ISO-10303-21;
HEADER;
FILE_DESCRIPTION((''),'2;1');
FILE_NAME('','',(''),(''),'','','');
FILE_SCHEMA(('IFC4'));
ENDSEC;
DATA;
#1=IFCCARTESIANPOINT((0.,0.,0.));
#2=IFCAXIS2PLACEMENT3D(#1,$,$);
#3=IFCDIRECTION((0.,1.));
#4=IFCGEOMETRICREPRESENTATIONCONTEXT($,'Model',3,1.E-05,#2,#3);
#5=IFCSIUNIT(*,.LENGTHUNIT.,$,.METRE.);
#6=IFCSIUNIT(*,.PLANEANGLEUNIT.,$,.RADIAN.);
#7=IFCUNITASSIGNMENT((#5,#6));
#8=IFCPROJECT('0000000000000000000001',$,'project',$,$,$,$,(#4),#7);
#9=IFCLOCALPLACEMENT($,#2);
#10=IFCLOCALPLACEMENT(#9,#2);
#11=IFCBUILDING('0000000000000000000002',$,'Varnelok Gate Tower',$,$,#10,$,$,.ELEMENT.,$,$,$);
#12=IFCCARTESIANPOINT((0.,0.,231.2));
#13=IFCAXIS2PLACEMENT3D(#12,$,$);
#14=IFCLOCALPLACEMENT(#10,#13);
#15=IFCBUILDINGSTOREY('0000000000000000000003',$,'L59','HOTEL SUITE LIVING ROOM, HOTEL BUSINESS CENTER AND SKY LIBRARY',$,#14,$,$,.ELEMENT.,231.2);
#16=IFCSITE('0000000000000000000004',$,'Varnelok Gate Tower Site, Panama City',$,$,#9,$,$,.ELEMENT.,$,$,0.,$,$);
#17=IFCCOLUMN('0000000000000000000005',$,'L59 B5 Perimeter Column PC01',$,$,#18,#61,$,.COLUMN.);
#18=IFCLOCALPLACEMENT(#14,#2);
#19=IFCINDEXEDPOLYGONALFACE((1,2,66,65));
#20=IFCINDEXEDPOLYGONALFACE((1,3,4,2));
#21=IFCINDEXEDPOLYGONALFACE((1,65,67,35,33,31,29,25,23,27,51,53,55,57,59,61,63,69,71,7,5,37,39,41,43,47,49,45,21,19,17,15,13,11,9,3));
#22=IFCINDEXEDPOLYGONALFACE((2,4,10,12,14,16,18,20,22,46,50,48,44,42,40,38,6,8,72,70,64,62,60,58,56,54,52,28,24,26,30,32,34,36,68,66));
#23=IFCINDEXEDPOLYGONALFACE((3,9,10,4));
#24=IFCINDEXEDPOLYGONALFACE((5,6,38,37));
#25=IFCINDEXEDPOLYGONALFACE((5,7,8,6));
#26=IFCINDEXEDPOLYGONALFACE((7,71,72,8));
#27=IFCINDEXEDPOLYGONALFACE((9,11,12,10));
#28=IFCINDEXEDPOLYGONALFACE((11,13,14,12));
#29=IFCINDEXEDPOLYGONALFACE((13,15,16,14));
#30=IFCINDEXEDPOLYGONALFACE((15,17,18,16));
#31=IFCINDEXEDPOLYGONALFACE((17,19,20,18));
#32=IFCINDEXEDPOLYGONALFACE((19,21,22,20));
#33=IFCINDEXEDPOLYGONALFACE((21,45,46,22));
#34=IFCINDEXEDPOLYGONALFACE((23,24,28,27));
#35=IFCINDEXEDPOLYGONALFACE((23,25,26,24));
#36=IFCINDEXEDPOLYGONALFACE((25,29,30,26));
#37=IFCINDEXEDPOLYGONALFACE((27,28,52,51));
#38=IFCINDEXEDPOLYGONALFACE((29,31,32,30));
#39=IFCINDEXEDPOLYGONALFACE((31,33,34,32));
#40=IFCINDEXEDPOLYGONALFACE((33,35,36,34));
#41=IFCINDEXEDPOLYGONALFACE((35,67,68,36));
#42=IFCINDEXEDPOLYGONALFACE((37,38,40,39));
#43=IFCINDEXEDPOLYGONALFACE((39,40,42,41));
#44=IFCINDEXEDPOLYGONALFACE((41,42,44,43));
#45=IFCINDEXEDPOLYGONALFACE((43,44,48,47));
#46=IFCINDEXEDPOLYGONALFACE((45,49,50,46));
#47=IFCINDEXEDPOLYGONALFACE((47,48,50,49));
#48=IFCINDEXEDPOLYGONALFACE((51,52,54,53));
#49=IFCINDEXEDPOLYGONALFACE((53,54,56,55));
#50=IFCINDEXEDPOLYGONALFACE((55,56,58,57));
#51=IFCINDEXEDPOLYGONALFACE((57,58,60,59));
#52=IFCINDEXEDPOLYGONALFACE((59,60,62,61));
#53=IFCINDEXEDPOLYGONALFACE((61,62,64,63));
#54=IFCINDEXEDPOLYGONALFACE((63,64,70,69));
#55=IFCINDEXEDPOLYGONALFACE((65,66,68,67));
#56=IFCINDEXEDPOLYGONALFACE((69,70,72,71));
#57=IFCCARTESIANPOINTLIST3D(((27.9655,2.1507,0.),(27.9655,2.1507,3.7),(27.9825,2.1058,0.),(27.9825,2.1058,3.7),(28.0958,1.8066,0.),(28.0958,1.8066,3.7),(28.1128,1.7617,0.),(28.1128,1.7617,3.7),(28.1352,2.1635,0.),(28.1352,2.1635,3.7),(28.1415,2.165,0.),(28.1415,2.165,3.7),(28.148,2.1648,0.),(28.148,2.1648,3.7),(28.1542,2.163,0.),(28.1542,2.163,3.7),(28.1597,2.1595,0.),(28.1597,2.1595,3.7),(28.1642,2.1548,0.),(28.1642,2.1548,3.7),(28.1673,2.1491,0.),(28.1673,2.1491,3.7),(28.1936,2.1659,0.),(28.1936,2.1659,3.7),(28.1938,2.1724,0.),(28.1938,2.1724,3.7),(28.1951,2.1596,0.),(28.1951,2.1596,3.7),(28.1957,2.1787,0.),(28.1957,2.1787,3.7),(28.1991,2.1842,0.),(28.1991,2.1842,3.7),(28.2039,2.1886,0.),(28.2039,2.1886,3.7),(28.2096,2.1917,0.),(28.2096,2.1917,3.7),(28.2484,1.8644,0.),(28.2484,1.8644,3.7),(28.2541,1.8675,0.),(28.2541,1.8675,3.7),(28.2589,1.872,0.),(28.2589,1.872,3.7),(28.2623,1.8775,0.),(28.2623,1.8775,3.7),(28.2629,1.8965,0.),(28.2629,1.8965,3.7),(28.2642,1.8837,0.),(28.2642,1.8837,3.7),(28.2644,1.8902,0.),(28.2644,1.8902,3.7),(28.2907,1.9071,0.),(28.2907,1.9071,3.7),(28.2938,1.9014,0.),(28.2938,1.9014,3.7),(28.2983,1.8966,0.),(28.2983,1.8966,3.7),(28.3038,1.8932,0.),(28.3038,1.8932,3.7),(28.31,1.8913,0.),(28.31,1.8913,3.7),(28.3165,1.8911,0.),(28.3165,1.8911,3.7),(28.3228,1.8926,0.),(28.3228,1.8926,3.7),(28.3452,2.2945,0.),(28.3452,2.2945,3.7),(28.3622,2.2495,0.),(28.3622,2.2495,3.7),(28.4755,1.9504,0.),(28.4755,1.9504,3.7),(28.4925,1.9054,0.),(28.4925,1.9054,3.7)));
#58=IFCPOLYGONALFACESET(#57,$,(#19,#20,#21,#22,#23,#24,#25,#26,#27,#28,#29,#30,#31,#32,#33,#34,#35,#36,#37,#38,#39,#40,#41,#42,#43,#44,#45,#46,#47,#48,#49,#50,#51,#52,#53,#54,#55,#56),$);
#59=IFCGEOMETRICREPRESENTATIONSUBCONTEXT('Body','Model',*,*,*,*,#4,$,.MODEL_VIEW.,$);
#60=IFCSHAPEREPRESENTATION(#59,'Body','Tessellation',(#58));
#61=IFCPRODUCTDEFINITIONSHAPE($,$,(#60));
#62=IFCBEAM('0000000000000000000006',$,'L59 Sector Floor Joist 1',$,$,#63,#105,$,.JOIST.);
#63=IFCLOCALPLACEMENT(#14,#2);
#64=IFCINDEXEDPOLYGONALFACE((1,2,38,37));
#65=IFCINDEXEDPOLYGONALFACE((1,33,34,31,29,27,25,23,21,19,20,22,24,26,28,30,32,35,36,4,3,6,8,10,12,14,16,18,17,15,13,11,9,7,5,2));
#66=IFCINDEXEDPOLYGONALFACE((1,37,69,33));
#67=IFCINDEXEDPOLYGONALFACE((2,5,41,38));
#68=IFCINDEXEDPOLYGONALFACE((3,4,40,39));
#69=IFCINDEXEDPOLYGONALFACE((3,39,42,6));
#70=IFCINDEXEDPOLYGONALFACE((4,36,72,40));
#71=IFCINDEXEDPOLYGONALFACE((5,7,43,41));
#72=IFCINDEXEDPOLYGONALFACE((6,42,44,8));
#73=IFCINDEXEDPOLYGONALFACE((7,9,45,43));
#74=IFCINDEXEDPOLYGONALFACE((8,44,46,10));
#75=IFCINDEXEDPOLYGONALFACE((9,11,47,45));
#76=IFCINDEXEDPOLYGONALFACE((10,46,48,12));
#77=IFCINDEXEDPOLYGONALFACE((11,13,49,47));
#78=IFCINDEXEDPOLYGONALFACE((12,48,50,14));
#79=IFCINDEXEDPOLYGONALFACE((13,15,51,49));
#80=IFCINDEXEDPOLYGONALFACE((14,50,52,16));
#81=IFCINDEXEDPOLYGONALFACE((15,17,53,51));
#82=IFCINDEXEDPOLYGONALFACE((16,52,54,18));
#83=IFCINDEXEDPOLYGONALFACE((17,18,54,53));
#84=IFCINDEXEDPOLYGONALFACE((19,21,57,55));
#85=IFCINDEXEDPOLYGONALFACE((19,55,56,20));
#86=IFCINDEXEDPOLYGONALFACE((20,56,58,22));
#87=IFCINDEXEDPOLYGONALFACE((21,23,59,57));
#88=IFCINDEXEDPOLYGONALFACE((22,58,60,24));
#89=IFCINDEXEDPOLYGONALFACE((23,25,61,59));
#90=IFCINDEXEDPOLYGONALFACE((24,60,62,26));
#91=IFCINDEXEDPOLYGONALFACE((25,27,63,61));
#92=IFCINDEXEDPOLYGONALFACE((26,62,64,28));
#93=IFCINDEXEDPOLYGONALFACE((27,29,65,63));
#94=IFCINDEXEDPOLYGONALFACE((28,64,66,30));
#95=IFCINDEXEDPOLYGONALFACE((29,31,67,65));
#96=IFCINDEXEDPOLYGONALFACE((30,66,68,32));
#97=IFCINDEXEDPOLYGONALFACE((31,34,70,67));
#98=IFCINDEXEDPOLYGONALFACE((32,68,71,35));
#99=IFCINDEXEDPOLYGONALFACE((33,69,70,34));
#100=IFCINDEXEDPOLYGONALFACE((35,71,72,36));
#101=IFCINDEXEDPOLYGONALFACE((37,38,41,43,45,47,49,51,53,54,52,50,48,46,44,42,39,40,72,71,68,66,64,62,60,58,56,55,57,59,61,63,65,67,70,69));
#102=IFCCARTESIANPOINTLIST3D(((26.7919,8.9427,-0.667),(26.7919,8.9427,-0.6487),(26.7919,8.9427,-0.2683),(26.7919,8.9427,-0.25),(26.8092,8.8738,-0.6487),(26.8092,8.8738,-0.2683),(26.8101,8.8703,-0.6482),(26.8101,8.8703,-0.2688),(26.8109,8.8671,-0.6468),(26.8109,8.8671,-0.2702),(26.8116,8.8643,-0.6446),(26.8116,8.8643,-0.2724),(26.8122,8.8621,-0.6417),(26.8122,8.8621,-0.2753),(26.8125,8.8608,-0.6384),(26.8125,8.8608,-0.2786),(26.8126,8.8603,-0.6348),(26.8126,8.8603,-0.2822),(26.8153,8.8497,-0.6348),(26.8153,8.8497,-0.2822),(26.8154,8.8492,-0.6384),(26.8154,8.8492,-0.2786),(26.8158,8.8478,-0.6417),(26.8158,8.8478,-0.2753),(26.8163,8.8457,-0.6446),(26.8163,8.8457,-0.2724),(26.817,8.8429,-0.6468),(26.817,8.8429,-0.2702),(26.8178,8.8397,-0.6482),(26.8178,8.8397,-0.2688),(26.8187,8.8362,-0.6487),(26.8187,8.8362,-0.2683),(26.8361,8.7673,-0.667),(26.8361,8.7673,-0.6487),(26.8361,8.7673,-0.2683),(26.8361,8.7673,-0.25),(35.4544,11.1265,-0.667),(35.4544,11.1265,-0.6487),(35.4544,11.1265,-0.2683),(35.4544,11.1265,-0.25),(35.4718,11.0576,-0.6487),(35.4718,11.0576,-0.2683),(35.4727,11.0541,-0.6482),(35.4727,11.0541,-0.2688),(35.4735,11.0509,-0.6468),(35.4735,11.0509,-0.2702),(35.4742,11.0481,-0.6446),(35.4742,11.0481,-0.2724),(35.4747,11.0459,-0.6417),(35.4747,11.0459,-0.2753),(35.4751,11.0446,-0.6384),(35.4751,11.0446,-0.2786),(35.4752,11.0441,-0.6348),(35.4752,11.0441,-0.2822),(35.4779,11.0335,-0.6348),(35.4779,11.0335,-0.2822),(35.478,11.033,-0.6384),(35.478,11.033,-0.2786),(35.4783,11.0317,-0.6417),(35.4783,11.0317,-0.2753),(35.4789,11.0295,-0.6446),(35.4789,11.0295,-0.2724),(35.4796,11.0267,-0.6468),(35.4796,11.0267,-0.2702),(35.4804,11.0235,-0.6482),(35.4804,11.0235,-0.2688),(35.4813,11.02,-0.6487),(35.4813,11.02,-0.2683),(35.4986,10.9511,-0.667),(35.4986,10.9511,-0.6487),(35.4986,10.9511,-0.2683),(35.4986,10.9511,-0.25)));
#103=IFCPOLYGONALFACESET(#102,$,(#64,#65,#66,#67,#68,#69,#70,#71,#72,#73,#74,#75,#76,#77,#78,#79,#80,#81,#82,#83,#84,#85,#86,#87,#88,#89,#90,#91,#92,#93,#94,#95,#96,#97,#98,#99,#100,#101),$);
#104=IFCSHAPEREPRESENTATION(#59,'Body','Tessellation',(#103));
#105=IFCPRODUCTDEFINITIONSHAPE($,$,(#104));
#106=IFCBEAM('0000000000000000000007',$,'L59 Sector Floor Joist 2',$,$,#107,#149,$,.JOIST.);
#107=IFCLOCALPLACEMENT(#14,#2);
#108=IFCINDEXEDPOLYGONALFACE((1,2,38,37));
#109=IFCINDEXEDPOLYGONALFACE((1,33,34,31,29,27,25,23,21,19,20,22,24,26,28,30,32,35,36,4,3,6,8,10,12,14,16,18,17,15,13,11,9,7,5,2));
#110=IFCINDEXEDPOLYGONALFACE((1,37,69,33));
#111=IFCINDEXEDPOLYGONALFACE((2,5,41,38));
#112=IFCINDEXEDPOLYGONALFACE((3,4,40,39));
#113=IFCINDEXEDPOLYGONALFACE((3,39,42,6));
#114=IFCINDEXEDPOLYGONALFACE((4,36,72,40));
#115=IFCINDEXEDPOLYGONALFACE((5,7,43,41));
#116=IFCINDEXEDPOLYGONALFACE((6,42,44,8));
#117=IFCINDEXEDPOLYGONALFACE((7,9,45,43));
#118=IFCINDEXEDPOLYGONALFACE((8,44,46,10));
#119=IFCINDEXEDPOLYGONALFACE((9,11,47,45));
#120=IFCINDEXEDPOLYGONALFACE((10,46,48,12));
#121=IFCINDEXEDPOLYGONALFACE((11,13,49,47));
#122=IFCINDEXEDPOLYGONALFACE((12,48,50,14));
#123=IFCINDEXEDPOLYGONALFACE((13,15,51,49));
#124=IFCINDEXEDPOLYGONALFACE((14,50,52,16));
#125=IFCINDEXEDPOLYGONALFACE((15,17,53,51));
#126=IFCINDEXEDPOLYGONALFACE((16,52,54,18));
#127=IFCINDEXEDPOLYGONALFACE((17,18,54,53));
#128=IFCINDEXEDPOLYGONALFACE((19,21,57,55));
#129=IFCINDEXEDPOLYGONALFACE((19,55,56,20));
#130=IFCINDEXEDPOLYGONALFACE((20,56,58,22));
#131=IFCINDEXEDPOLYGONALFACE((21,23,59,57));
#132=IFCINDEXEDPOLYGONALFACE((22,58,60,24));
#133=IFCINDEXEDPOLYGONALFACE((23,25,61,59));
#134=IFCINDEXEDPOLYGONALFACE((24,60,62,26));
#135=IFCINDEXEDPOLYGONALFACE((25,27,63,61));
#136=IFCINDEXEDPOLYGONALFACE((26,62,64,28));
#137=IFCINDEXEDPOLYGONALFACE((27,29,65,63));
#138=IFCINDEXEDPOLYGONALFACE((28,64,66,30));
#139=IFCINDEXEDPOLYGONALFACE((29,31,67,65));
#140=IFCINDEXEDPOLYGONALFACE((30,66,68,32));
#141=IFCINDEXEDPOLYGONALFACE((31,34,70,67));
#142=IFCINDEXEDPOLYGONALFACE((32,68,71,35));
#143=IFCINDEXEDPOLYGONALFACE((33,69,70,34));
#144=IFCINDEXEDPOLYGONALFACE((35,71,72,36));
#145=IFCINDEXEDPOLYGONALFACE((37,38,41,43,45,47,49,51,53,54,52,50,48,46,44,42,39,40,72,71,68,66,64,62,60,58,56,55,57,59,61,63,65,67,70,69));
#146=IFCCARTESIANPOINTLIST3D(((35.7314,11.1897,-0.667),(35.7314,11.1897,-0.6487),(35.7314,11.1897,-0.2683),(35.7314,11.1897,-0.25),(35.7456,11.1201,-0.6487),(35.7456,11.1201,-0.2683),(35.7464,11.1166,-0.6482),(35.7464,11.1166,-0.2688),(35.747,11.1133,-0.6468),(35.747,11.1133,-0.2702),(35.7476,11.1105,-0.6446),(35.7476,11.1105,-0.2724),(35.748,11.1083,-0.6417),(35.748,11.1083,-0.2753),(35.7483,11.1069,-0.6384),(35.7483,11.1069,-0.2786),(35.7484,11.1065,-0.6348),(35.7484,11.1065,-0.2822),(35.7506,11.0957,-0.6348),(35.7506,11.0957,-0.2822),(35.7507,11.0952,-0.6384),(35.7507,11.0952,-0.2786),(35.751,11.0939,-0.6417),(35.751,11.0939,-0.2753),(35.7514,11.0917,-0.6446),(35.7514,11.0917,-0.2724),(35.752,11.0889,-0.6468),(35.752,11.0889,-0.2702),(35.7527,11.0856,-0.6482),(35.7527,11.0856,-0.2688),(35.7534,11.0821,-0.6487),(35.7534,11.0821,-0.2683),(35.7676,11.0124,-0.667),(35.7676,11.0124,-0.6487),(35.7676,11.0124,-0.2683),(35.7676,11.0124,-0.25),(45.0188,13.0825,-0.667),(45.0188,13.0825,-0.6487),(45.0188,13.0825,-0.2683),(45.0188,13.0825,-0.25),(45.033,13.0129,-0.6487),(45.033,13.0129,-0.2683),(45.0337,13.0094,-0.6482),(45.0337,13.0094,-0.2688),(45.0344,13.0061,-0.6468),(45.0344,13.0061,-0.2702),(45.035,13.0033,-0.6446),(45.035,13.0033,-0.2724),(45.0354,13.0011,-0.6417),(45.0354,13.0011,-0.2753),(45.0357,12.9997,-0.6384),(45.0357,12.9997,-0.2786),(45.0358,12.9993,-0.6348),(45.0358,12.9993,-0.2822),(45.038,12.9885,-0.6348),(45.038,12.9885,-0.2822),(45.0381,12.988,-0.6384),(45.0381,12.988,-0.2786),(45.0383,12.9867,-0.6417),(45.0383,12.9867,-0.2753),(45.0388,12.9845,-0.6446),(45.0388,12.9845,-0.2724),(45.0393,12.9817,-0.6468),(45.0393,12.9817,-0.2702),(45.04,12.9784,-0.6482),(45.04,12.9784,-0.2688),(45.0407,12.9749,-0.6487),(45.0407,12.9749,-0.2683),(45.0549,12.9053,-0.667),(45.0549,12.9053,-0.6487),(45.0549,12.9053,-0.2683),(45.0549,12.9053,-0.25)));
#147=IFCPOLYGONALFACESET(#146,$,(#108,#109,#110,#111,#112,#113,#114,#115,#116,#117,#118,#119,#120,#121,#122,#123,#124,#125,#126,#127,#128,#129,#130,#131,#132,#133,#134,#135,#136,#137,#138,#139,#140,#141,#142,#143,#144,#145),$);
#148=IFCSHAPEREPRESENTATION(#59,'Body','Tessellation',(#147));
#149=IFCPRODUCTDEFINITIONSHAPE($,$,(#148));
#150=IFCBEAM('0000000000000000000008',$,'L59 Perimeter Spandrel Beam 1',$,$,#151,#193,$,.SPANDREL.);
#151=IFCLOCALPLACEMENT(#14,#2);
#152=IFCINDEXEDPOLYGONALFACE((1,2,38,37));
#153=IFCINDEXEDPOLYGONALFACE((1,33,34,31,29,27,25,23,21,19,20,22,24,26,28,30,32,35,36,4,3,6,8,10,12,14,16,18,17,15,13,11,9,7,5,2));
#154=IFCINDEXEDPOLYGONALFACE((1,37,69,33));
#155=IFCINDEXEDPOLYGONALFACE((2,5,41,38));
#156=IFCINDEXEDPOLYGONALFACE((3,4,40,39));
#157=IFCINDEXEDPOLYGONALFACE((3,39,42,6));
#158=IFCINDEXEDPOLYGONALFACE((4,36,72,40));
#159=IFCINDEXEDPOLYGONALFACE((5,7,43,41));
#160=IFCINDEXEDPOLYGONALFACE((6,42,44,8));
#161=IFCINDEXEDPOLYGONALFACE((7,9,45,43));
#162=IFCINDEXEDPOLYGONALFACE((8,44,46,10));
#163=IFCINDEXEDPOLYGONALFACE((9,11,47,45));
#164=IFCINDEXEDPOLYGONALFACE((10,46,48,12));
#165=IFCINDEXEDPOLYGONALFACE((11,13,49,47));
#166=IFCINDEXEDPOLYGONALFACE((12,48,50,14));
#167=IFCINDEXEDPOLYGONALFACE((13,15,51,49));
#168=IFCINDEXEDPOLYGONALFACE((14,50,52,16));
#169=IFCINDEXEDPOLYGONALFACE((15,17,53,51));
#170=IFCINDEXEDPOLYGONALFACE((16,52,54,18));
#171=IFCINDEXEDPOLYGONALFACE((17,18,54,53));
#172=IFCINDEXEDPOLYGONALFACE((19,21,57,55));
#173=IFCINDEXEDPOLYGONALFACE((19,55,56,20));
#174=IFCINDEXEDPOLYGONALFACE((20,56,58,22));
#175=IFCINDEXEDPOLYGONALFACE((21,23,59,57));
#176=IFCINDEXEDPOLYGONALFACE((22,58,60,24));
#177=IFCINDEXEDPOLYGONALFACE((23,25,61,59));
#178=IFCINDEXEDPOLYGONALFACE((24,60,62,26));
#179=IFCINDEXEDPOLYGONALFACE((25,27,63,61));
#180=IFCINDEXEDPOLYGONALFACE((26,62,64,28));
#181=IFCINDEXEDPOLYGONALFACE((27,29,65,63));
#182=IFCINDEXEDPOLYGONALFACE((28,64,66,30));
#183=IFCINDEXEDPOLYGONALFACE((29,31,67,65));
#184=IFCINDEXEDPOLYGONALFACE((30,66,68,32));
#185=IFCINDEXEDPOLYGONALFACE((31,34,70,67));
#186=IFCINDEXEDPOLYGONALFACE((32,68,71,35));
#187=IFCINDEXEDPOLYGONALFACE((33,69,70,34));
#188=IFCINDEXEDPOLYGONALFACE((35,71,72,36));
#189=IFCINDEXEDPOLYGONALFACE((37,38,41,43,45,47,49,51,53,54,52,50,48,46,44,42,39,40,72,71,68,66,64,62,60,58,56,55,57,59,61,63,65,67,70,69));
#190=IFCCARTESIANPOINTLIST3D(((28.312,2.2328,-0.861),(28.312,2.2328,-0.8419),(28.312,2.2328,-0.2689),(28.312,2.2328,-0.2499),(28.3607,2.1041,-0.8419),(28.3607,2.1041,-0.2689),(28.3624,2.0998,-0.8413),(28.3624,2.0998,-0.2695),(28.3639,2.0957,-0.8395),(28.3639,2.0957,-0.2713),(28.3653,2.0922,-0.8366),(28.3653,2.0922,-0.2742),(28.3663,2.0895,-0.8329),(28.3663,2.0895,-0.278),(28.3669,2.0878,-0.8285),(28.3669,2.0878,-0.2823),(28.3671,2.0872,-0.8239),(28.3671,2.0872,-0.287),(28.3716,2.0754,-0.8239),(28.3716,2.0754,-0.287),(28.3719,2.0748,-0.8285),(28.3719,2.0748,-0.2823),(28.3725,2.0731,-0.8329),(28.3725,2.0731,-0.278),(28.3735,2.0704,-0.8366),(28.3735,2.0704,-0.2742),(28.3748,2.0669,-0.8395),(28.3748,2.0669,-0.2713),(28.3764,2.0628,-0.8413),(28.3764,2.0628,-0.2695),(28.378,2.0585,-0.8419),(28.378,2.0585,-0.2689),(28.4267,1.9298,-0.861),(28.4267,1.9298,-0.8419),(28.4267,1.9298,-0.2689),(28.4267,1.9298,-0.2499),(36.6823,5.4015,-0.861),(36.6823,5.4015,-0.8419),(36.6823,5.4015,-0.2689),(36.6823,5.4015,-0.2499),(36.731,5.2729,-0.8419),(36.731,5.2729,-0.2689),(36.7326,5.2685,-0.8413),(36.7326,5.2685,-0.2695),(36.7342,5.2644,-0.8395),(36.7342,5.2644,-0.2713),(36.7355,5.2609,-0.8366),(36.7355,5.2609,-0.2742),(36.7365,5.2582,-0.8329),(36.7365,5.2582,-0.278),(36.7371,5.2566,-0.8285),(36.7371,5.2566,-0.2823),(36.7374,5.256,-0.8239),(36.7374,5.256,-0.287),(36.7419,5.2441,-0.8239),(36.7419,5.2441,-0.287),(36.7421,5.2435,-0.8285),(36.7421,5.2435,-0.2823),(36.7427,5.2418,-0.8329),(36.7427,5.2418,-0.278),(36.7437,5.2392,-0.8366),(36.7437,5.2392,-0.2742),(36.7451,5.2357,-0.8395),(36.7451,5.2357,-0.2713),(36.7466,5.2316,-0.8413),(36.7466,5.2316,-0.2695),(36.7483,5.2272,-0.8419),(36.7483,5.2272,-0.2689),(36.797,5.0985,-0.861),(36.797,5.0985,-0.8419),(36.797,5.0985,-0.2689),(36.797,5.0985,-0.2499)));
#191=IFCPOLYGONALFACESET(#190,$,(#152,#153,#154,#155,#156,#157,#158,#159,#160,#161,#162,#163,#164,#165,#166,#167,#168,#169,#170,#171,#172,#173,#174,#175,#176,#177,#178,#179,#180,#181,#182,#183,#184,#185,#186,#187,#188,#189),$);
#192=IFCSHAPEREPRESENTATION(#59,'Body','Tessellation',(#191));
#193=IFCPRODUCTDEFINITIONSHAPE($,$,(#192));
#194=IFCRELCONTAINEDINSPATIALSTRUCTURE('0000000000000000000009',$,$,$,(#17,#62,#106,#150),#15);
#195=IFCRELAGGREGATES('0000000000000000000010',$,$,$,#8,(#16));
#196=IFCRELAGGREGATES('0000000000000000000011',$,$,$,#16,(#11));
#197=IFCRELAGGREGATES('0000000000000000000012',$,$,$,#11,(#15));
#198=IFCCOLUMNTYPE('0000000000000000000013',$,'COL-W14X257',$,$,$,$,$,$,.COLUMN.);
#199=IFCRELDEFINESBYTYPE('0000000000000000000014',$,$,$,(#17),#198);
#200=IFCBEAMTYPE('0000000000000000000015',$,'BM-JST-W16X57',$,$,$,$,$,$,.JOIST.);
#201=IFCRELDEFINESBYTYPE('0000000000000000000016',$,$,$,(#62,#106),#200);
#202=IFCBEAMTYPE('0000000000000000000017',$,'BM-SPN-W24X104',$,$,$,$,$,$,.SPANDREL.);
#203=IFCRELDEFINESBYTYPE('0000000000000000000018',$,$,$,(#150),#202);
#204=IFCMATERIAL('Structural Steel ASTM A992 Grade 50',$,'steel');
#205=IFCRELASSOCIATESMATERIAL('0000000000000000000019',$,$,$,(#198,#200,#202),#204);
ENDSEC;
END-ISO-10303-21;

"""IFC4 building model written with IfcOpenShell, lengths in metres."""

from ifc_helpers import new_model, si_unit, direction, frame, origin, origin_2d, place, context, subcontext, project, spatial, i_section, extrude, material, material_profile, profile_set, type_object, element, save


model = new_model("IFC4")

# Units and contexts
model_context = context("Model", 3, precision=1e-05, world=origin(), true_north=direction((0.0, 1.0)))
body_context = subcontext(model_context, "Body", "Model", "MODEL_VIEW")
ifc_project = project(units=[si_unit("LENGTHUNIT", "METRE"), si_unit("PLANEANGLEUNIT", "RADIAN")], contexts=[model_context])

# Site, building, storey
site_placement = place(None, origin())
site = spatial("IfcSite", under=ifc_project, at=site_placement, Name="Varnelok Gate Tower Site, Panama City", CompositionType="ELEMENT", RefElevation=0.0)
building_placement = place(site_placement, origin())
building = spatial("IfcBuilding", under=site, at=building_placement, Name="Varnelok Gate Tower", CompositionType="ELEMENT")
storey_placement = place(building_placement, frame((0.0, 0.0, 231.2)))
storey = spatial("IfcBuildingStorey", under=building, at=storey_placement, Name="L59", Description="HOTEL SUITE LIVING ROOM, HOTEL BUSINESS CENTER AND SKY LIBRARY", CompositionType="ELEMENT", Elevation=231.2)

# Column
ifc_material_1 = material(Name="Structural Steel ASTM A992 Grade 50", Category="steel")
ifc_material_profile_1 = material_profile(ifc_material_1, i_section(OverallWidth=0.406, OverallDepth=0.416, WebThickness=0.0298, FlangeThickness=0.0481, FilletRadius=0.0249, at=origin_2d()), Name="W14X257")
ifc_profile_set_1 = profile_set([ifc_material_profile_1], Name="Structural Steel ASTM A992 Grade 50")
column_type = type_object("IfcColumnType", Name="COL-W14X257", PredefinedType="COLUMN", material=ifc_profile_set_1)
column_placement = place(storey_placement, frame((28.229, 2.0281, 0.0), z_axis=(0.0, 0.0, 1.0), x_axis=(0.935222, 0.354063, 0.0)))
element("IfcColumn", 1, at=column_placement, inside=storey, type_object=column_type, Name="L59 B5 Perimeter Column PC01", PredefinedType="COLUMN", context=body_context, shape_type="SweptSolid", body=[
    extrude(i_section(OverallWidth=0.406, OverallDepth=0.416, WebThickness=0.0298, FlangeThickness=0.0481, FilletRadius=0.0249, at=origin_2d()), origin(), (0.0, 0.0, 1.0), 3.7),
])

# Beams
ifc_material_profile_2 = material_profile(ifc_material_1, i_section(OverallWidth=0.1809, OverallDepth=0.417, WebThickness=0.011, FlangeThickness=0.0183, FilletRadius=0.0139, at=origin_2d()), Name="W16X57")
ifc_profile_set_2 = profile_set([ifc_material_profile_2], Name="Structural Steel ASTM A992 Grade 50")
beam_type_1 = type_object("IfcBeamType", Name="BM-JST-W16X57", PredefinedType="JOIST", material=ifc_profile_set_2)
beam_1_placement = place(storey_placement, frame((26.814, 8.855, -0.4585), z_axis=(0.969662, 0.244451, 0.0), x_axis=(-0.244451, 0.969662, 0.0)))
element("IfcBeam", 2, at=beam_1_placement, inside=storey, type_object=beam_type_1, Name="L59 Sector Floor Joist 1", PredefinedType="JOIST", context=body_context, shape_type="SweptSolid", body=[
    extrude(i_section(OverallWidth=0.1809, OverallDepth=0.417, WebThickness=0.011, FlangeThickness=0.0183, FilletRadius=0.0139, at=origin_2d()), origin(), (0.0, 0.0, 1.0), 8.9336),
])
beam_2_placement = place(storey_placement, frame((35.7495, 11.1011, -0.4585), z_axis=(0.979857, 0.199701, 0.0), x_axis=(-0.199701, 0.979857, 0.0)))
element("IfcBeam", 3, at=beam_2_placement, inside=storey, type_object=beam_type_1, Name="L59 Sector Floor Joist 2", PredefinedType="JOIST", context=body_context, shape_type="SweptSolid", body=[
    extrude(i_section(OverallWidth=0.1809, OverallDepth=0.417, WebThickness=0.011, FlangeThickness=0.0183, FilletRadius=0.0139, at=origin_2d()), origin(), (0.0, 0.0, 1.0), 9.4783),
])
ifc_material_profile_3 = material_profile(ifc_material_1, i_section(OverallWidth=0.324, OverallDepth=0.6111, WebThickness=0.0127, FlangeThickness=0.019, FilletRadius=0.0181, at=origin_2d()), Name="W24X104")
ifc_profile_set_3 = profile_set([ifc_material_profile_3], Name="Structural Steel ASTM A992 Grade 50")
beam_type_2 = type_object("IfcBeamType", Name="BM-SPN-W24X104", PredefinedType="SPANDREL", material=ifc_profile_set_3)
beam_3_placement = place(storey_placement, frame((28.3694, 2.0813, -0.5554), z_axis=(0.935226, 0.354051, 0.0), x_axis=(-0.354051, 0.935226, 0.0)))
element("IfcBeam", 4, at=beam_3_placement, inside=storey, type_object=beam_type_2, Name="L59 Perimeter Spandrel Beam 1", PredefinedType="SPANDREL", context=body_context, shape_type="SweptSolid", body=[
    extrude(i_section(OverallWidth=0.324, OverallDepth=0.6111, WebThickness=0.0127, FlangeThickness=0.019, FilletRadius=0.0181, at=origin_2d()), origin(), (0.0, 0.0, 1.0), 8.95),
])

save(model, "model.ifc")
